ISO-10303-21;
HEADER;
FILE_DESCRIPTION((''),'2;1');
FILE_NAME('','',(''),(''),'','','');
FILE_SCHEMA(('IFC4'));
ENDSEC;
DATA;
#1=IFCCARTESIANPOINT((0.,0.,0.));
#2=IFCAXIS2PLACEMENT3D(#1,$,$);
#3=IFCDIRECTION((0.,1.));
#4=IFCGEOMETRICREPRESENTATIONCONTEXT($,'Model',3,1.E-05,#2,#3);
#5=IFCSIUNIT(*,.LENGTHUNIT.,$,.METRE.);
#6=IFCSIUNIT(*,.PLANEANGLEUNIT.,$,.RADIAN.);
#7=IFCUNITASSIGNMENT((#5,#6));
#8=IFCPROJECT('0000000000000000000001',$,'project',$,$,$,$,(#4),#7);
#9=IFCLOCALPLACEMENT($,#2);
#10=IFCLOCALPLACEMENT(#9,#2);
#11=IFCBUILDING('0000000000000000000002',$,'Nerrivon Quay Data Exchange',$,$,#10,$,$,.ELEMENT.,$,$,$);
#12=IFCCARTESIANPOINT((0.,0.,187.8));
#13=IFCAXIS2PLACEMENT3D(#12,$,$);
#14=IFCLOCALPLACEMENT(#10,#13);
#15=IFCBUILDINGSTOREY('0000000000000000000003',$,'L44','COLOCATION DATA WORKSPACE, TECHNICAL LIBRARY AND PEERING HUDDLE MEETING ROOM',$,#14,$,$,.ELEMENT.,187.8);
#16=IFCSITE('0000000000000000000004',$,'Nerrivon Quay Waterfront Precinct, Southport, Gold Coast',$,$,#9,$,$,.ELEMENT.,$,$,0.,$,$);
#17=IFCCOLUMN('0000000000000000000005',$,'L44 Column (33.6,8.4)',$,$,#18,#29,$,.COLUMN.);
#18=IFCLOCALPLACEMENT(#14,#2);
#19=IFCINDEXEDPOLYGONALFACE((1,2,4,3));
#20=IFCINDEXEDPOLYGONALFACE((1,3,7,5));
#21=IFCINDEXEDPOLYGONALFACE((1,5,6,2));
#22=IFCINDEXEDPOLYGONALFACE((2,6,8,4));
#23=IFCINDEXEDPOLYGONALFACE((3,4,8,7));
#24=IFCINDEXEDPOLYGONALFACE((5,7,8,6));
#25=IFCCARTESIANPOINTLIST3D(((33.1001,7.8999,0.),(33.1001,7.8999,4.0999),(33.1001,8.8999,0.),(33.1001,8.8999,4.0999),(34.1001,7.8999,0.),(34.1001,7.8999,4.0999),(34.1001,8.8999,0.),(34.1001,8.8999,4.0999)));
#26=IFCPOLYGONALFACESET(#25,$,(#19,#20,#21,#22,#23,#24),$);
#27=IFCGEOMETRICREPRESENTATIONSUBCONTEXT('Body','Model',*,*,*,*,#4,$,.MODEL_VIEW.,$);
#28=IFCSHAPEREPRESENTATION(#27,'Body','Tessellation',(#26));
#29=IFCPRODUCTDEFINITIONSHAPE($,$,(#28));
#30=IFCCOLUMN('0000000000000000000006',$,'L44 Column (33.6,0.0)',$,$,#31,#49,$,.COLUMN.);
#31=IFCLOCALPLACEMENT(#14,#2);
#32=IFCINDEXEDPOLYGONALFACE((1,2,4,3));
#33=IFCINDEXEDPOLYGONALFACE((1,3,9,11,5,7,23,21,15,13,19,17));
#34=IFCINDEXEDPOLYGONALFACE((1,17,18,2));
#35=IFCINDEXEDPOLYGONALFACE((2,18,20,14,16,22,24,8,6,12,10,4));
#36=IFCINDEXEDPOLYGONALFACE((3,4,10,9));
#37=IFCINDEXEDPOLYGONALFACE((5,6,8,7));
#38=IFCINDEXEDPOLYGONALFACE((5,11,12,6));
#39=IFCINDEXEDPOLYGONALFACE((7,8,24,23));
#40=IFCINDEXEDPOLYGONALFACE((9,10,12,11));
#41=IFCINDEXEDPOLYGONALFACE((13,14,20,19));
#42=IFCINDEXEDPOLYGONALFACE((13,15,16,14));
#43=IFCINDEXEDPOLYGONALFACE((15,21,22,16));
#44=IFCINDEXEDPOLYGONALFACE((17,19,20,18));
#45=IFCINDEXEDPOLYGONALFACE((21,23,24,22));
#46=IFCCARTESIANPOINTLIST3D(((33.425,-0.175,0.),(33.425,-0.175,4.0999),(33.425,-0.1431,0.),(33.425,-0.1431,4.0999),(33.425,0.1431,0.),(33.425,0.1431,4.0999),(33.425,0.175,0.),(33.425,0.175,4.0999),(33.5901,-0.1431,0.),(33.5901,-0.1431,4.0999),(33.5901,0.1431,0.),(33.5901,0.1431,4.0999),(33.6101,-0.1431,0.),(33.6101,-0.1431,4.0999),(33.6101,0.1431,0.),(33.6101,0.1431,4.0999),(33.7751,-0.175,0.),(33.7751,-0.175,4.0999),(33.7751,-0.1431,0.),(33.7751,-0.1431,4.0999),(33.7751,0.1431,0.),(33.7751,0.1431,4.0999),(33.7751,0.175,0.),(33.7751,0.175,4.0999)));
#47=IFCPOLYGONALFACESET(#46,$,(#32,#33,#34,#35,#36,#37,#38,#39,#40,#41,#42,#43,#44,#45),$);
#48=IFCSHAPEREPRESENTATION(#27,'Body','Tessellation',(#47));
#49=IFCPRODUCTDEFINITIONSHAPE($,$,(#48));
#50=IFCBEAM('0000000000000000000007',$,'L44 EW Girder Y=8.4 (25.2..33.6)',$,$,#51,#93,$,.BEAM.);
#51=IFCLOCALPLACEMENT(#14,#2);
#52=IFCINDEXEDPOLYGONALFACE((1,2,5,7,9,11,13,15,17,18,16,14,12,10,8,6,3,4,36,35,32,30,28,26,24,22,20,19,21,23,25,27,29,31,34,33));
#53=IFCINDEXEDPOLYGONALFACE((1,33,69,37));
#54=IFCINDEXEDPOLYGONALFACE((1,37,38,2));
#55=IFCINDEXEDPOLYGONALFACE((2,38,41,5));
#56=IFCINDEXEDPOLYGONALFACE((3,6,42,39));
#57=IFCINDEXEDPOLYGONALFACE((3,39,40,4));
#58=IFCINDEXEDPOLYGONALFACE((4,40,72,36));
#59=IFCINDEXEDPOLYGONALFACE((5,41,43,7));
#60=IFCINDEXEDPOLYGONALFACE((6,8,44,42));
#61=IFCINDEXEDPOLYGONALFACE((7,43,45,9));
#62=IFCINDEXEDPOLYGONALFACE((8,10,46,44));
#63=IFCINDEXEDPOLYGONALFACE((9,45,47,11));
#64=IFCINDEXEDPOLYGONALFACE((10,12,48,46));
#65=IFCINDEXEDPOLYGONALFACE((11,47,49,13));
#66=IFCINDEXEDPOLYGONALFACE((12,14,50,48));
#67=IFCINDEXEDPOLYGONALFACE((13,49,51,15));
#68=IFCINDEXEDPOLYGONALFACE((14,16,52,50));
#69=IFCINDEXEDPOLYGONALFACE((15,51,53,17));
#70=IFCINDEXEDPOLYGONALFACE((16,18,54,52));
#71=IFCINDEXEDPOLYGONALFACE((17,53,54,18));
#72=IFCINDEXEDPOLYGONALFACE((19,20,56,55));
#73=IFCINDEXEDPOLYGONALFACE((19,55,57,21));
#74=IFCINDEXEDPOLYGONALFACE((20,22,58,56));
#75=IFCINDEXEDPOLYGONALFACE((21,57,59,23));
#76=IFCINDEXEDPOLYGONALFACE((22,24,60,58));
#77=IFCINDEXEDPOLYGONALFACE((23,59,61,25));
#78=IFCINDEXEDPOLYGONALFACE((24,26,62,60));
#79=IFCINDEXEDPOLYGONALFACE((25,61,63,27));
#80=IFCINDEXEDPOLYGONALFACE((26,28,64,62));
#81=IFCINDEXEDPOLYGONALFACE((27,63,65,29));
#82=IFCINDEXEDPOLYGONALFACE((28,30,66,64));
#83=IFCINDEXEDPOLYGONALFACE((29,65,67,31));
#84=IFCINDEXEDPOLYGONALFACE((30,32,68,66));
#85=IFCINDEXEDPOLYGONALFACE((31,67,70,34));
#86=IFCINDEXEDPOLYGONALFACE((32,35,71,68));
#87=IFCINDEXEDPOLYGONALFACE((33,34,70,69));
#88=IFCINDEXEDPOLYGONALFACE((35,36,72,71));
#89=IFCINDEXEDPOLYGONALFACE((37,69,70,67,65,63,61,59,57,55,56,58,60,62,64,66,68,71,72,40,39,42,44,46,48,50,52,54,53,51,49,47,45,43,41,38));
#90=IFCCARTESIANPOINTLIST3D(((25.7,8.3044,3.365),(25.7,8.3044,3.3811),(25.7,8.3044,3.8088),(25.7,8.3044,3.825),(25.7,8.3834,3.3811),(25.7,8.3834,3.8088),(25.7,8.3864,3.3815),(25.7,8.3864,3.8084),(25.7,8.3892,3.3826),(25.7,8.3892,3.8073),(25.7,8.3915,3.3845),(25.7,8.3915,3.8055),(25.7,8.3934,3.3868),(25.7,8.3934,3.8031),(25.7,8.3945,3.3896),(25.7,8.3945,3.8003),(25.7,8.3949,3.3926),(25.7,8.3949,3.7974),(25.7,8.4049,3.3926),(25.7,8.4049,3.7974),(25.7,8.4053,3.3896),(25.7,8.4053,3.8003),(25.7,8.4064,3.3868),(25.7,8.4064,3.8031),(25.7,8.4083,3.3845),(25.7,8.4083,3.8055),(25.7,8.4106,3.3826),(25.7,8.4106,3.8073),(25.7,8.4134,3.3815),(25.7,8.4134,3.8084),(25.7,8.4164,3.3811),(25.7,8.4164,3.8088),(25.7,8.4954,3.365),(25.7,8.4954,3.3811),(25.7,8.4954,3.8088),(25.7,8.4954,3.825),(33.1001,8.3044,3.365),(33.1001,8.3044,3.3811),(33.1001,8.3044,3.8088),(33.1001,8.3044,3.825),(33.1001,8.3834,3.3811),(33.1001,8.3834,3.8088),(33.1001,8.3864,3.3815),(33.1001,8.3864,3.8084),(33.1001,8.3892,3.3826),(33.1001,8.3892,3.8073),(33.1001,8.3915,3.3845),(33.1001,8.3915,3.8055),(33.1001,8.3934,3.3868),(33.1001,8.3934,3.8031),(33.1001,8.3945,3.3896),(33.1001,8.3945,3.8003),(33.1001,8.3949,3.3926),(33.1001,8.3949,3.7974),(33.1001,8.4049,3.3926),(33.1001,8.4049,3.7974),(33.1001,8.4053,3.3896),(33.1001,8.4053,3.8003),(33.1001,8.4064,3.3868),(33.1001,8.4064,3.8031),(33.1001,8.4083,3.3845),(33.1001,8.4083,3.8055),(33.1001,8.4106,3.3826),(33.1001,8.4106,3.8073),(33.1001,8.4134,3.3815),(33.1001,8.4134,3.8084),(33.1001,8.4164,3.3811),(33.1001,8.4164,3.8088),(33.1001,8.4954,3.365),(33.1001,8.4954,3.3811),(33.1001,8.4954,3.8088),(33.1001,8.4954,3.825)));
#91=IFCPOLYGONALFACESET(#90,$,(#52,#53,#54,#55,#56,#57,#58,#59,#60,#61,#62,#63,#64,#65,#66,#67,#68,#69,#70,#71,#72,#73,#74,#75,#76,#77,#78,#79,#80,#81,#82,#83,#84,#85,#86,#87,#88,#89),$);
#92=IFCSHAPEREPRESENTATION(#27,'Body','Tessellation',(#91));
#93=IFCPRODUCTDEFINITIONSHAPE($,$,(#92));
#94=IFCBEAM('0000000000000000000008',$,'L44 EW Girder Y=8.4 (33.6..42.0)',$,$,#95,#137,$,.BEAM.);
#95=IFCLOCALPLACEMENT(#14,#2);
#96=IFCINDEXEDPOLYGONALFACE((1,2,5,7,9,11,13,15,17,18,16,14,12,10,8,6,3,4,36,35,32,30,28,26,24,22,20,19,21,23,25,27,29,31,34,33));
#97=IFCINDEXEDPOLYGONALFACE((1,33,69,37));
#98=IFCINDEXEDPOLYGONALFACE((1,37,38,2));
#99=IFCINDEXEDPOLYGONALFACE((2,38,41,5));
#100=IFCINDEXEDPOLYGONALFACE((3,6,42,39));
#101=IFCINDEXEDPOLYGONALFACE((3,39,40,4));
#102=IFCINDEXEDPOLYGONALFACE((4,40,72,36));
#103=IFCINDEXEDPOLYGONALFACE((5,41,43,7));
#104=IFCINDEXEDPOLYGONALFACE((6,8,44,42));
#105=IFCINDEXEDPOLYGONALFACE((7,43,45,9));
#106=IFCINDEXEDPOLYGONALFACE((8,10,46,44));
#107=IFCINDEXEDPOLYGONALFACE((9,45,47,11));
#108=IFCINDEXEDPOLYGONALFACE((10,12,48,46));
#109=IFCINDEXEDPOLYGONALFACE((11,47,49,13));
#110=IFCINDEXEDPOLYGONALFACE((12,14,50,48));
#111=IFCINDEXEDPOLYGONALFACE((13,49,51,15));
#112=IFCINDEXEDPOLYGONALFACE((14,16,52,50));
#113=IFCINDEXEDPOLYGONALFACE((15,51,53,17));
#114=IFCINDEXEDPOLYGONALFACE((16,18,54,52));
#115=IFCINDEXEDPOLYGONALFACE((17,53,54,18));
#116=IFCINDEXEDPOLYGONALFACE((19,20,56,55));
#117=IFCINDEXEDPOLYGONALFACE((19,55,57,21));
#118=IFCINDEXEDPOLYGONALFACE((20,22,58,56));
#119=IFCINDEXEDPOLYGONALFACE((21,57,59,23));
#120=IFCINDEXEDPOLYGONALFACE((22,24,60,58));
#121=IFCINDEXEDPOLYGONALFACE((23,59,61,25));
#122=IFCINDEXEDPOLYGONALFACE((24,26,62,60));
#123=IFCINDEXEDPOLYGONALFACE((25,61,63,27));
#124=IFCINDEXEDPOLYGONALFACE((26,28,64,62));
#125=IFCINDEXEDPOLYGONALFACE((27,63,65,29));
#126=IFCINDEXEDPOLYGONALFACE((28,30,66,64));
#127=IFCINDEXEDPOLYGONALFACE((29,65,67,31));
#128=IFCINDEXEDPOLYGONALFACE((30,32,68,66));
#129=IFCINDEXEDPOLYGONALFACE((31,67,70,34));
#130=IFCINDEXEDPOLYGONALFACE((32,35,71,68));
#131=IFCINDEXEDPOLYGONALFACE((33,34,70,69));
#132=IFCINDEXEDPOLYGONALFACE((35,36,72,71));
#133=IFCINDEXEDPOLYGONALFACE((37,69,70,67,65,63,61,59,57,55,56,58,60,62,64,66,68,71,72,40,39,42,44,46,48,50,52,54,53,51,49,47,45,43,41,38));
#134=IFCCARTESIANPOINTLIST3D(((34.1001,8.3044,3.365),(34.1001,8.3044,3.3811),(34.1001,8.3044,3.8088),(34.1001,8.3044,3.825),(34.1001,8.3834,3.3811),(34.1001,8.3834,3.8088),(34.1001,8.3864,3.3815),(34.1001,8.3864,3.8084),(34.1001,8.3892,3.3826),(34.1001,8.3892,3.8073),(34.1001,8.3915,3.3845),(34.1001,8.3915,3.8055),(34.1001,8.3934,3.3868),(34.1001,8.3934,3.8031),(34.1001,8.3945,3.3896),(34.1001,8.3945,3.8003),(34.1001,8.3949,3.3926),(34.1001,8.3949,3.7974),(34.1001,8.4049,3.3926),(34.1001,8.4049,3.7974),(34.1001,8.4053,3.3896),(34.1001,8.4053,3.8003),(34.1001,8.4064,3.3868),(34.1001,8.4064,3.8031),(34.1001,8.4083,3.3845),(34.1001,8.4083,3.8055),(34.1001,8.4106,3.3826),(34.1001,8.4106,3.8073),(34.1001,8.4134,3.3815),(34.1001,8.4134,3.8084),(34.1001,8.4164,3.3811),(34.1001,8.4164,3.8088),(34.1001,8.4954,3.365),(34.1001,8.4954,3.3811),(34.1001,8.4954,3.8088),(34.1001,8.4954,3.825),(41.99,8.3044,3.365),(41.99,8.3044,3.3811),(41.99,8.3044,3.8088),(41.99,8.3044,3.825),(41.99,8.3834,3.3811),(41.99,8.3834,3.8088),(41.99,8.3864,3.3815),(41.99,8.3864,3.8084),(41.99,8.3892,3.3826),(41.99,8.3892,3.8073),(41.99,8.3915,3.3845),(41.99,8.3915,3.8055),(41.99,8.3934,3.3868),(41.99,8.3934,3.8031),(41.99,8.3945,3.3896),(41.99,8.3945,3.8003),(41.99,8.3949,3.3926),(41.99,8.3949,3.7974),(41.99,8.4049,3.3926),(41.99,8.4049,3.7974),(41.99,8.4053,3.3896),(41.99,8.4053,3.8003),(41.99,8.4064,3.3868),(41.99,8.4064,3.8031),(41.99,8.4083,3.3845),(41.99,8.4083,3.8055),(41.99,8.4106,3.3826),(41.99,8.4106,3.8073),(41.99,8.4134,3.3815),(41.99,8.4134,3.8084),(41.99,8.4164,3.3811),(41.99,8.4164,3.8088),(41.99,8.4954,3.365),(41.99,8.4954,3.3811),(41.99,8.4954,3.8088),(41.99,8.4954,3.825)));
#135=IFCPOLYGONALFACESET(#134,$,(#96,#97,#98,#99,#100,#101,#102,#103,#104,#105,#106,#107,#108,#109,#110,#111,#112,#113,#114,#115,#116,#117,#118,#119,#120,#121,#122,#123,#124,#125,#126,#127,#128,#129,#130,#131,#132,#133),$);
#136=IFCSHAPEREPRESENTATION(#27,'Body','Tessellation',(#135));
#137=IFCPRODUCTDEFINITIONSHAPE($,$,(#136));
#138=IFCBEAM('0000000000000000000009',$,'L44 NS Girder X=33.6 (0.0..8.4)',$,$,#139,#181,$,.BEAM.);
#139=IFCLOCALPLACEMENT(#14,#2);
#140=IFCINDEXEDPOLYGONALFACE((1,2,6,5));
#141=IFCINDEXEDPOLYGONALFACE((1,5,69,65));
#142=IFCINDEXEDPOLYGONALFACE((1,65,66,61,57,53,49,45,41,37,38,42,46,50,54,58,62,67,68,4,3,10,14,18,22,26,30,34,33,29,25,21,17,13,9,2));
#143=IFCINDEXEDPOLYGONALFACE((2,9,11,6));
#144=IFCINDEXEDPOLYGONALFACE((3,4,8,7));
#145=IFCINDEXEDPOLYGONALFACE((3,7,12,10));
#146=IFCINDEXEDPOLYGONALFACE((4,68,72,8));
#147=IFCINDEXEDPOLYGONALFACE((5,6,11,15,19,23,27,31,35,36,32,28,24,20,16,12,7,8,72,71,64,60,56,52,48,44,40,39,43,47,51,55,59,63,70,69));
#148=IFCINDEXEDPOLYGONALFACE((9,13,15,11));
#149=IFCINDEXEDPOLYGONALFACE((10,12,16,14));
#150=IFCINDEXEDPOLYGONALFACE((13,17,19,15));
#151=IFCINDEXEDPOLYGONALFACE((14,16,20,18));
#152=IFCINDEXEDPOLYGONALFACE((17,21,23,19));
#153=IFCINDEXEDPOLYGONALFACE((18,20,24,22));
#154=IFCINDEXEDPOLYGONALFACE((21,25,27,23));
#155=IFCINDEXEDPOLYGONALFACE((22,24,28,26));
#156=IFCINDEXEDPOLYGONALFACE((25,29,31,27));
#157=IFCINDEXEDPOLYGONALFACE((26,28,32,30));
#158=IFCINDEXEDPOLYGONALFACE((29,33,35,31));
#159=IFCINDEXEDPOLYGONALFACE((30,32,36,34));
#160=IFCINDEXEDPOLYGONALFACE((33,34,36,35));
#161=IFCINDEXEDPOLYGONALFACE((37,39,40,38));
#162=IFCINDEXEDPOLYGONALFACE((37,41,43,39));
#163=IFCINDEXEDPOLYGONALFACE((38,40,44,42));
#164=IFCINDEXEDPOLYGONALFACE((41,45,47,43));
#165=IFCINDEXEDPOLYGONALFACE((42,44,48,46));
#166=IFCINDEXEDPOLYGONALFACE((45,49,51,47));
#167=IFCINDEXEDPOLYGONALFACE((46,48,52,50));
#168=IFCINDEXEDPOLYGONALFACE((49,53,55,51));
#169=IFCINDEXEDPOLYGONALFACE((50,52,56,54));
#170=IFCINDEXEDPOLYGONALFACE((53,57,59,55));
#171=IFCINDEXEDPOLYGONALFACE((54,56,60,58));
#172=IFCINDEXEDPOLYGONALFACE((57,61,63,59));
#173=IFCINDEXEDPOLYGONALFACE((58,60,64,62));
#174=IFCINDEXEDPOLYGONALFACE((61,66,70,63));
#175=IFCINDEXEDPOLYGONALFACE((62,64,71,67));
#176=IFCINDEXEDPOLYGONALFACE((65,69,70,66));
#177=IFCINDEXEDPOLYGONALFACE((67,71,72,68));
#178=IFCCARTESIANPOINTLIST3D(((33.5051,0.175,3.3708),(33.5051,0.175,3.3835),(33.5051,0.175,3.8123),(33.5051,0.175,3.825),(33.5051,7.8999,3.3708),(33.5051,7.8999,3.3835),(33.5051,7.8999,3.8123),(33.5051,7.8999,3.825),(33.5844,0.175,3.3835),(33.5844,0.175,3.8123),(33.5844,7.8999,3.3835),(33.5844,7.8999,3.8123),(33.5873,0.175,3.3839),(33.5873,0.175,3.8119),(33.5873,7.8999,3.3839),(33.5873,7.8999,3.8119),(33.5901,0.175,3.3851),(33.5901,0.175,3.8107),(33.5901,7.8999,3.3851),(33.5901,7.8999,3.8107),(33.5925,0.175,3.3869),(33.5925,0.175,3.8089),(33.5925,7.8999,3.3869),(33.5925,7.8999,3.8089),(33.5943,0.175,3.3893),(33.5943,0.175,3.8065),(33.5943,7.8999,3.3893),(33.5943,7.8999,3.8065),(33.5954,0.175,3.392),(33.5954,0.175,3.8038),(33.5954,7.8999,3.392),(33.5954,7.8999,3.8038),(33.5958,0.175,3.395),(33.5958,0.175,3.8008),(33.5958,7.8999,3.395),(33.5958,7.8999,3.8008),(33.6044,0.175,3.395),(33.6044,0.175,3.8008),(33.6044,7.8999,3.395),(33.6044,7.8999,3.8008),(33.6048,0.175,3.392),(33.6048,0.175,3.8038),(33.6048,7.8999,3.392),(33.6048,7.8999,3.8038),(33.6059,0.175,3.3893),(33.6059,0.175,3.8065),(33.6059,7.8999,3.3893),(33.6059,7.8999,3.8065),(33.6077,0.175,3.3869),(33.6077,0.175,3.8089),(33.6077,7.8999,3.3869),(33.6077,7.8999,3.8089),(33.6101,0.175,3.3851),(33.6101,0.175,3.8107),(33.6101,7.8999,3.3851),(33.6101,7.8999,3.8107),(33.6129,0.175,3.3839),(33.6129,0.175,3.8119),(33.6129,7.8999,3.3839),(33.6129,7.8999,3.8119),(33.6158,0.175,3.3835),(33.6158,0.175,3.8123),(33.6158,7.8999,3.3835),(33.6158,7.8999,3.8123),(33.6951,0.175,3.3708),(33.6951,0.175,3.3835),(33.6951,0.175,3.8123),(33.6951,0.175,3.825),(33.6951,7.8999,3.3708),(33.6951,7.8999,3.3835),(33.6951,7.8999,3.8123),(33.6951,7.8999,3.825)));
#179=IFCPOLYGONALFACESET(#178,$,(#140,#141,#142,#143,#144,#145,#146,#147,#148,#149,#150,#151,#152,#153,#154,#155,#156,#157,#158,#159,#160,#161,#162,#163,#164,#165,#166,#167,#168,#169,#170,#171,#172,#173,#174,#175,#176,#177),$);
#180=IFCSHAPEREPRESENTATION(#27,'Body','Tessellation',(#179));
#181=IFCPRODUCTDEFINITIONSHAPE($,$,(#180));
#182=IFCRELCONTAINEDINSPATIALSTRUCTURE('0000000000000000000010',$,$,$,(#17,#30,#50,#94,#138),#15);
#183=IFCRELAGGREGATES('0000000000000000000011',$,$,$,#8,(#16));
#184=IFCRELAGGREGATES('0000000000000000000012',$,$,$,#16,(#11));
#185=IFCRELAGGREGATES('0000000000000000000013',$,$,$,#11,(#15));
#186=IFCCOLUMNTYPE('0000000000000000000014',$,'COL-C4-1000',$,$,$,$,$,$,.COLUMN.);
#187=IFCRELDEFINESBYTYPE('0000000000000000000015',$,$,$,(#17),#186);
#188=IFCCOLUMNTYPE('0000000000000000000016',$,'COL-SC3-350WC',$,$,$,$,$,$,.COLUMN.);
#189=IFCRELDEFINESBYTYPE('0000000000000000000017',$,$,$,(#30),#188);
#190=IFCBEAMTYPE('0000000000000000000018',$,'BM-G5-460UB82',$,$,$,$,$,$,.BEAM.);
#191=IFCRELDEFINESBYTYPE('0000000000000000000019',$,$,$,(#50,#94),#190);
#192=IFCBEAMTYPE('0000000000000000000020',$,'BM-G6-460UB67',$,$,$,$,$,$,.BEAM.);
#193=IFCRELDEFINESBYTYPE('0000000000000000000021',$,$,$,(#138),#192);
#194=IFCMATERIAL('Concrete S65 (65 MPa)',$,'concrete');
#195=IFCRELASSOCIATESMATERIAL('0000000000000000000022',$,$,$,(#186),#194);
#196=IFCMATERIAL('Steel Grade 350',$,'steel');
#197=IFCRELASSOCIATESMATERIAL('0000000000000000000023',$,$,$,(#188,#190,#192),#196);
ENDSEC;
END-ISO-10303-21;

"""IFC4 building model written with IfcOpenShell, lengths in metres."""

from ifc_helpers import new_model, si_unit, direction, frame, origin, origin_2d, place, context, subcontext, project, spatial, rectangle, i_section, extrude, material, material_profile, profile_set, type_object, element, save


model = new_model("IFC4")

# Units and contexts
model_context = context("Model", 3, precision=1e-05, world=origin(), true_north=direction((0.0, 1.0)))
body_context = subcontext(model_context, "Body", "Model", "MODEL_VIEW")
ifc_project = project(units=[si_unit("LENGTHUNIT", "METRE"), si_unit("PLANEANGLEUNIT", "RADIAN")], contexts=[model_context])

# Site, building, storey
site_placement = place(None, origin())
site = spatial("IfcSite", under=ifc_project, at=site_placement, Name="Nerrivon Quay Waterfront Precinct, Southport, Gold Coast", CompositionType="ELEMENT", RefElevation=0.0)
building_placement = place(site_placement, origin())
building = spatial("IfcBuilding", under=site, at=building_placement, Name="Nerrivon Quay Data Exchange", CompositionType="ELEMENT")
storey_placement = place(building_placement, frame((0.0, 0.0, 187.8)))
storey = spatial("IfcBuildingStorey", under=building, at=storey_placement, Name="L44", Description="COLOCATION DATA WORKSPACE, TECHNICAL LIBRARY AND PEERING HUDDLE MEETING ROOM", CompositionType="ELEMENT", Elevation=187.8)

# Columns
ifc_material_1 = material(Name="Concrete S65 (65 MPa)", Category="concrete")
ifc_material_profile_1 = material_profile(ifc_material_1, rectangle(XDim=1.0, YDim=1.0, at=origin_2d()), Name="RC-COL-1000x1000")
ifc_profile_set_1 = profile_set([ifc_material_profile_1], Name="Concrete S65 (65 MPa)")
column_type_1 = type_object("IfcColumnType", Name="COL-C4-1000", PredefinedType="COLUMN", material=ifc_profile_set_1)
column_1_placement = place(storey_placement, frame((33.6001, 8.3999, 0.0), z_axis=(0.0, 0.0, 1.0), x_axis=(1.0, 0.0, 0.0)))
element("IfcColumn", 1, at=column_1_placement, inside=storey, type_object=column_type_1, Name="L44 Column (33.6,8.4)", PredefinedType="COLUMN", context=body_context, shape_type="SweptSolid", body=[
    extrude(rectangle(XDim=1.0, YDim=1.0, at=origin_2d()), origin(), (0.0, 0.0, 1.0), 4.0999),
])
ifc_material_2 = material(Name="Steel Grade 350", Category="steel")
ifc_material_profile_2 = material_profile(ifc_material_2, i_section(OverallWidth=0.3501, OverallDepth=0.3501, WebThickness=0.02, FlangeThickness=0.032, at=origin_2d()), Name="350WC230")
ifc_profile_set_2 = profile_set([ifc_material_profile_2], Name="Steel Grade 350")
column_type_2 = type_object("IfcColumnType", Name="COL-SC3-350WC", PredefinedType="COLUMN", material=ifc_profile_set_2)
column_2_placement = place(storey_placement, frame((33.6001, 0.0, 0.0), z_axis=(0.0, 0.0, 1.0), x_axis=(1.0, 0.0, 0.0)))
element("IfcColumn", 2, at=column_2_placement, inside=storey, type_object=column_type_2, Name="L44 Column (33.6,0.0)", PredefinedType="COLUMN", context=body_context, shape_type="SweptSolid", body=[
    extrude(i_section(OverallWidth=0.3501, OverallDepth=0.3501, WebThickness=0.02, FlangeThickness=0.032, at=origin_2d()), origin(), (0.0, 0.0, 1.0), 4.0999),
])

# Beams
ifc_material_profile_3 = material_profile(ifc_material_2, i_section(OverallWidth=0.1909, OverallDepth=0.46, WebThickness=0.01, FlangeThickness=0.0161, FilletRadius=0.0115, at=origin_2d()), Name="460UB82.1")
ifc_profile_set_3 = profile_set([ifc_material_profile_3], Name="Steel Grade 350")
beam_type_1 = type_object("IfcBeamType", Name="BM-G5-460UB82", PredefinedType="BEAM", material=ifc_profile_set_3)
beam_1_placement = place(storey_placement, frame((25.7, 8.3999, 3.595), z_axis=(1.0, 0.0, 0.0), x_axis=(0.0, 1.0, 0.0)))
element("IfcBeam", 3, at=beam_1_placement, inside=storey, type_object=beam_type_1, Name="L44 EW Girder Y=8.4 (25.2..33.6)", PredefinedType="BEAM", context=body_context, shape_type="SweptSolid", body=[
    extrude(i_section(OverallWidth=0.1909, OverallDepth=0.46, WebThickness=0.01, FlangeThickness=0.0161, FilletRadius=0.0115, at=origin_2d()), origin(), (0.0, 0.0, 1.0), 7.4001),
])
beam_2_placement = place(storey_placement, frame((34.1001, 8.3999, 3.595), z_axis=(1.0, 0.0, 0.0), x_axis=(0.0, 1.0, 0.0)))
element("IfcBeam", 4, at=beam_2_placement, inside=storey, type_object=beam_type_1, Name="L44 EW Girder Y=8.4 (33.6..42.0)", PredefinedType="BEAM", context=body_context, shape_type="SweptSolid", body=[
    extrude(i_section(OverallWidth=0.1909, OverallDepth=0.46, WebThickness=0.01, FlangeThickness=0.0161, FilletRadius=0.0115, at=origin_2d()), origin(), (0.0, 0.0, 1.0), 7.8899),
])
ifc_material_profile_4 = material_profile(ifc_material_2, i_section(OverallWidth=0.1899, OverallDepth=0.4541, WebThickness=0.0085, FlangeThickness=0.0127, FilletRadius=0.0115, at=origin_2d()), Name="460UB67.1")
ifc_profile_set_4 = profile_set([ifc_material_profile_4], Name="Steel Grade 350")
beam_type_2 = type_object("IfcBeamType", Name="BM-G6-460UB67", PredefinedType="BEAM", material=ifc_profile_set_4)
beam_3_placement = place(storey_placement, frame((33.6001, 0.175, 3.5979), z_axis=(0.0, 1.0, 0.0), x_axis=(-1.0, 0.0, 0.0)))
element("IfcBeam", 5, at=beam_3_placement, inside=storey, type_object=beam_type_2, Name="L44 NS Girder X=33.6 (0.0..8.4)", PredefinedType="BEAM", context=body_context, shape_type="SweptSolid", body=[
    extrude(i_section(OverallWidth=0.1899, OverallDepth=0.4541, WebThickness=0.0085, FlangeThickness=0.0127, FilletRadius=0.0115, at=origin_2d()), origin(), (0.0, 0.0, 1.0), 7.7249),
])

save(model, "model.ifc")
